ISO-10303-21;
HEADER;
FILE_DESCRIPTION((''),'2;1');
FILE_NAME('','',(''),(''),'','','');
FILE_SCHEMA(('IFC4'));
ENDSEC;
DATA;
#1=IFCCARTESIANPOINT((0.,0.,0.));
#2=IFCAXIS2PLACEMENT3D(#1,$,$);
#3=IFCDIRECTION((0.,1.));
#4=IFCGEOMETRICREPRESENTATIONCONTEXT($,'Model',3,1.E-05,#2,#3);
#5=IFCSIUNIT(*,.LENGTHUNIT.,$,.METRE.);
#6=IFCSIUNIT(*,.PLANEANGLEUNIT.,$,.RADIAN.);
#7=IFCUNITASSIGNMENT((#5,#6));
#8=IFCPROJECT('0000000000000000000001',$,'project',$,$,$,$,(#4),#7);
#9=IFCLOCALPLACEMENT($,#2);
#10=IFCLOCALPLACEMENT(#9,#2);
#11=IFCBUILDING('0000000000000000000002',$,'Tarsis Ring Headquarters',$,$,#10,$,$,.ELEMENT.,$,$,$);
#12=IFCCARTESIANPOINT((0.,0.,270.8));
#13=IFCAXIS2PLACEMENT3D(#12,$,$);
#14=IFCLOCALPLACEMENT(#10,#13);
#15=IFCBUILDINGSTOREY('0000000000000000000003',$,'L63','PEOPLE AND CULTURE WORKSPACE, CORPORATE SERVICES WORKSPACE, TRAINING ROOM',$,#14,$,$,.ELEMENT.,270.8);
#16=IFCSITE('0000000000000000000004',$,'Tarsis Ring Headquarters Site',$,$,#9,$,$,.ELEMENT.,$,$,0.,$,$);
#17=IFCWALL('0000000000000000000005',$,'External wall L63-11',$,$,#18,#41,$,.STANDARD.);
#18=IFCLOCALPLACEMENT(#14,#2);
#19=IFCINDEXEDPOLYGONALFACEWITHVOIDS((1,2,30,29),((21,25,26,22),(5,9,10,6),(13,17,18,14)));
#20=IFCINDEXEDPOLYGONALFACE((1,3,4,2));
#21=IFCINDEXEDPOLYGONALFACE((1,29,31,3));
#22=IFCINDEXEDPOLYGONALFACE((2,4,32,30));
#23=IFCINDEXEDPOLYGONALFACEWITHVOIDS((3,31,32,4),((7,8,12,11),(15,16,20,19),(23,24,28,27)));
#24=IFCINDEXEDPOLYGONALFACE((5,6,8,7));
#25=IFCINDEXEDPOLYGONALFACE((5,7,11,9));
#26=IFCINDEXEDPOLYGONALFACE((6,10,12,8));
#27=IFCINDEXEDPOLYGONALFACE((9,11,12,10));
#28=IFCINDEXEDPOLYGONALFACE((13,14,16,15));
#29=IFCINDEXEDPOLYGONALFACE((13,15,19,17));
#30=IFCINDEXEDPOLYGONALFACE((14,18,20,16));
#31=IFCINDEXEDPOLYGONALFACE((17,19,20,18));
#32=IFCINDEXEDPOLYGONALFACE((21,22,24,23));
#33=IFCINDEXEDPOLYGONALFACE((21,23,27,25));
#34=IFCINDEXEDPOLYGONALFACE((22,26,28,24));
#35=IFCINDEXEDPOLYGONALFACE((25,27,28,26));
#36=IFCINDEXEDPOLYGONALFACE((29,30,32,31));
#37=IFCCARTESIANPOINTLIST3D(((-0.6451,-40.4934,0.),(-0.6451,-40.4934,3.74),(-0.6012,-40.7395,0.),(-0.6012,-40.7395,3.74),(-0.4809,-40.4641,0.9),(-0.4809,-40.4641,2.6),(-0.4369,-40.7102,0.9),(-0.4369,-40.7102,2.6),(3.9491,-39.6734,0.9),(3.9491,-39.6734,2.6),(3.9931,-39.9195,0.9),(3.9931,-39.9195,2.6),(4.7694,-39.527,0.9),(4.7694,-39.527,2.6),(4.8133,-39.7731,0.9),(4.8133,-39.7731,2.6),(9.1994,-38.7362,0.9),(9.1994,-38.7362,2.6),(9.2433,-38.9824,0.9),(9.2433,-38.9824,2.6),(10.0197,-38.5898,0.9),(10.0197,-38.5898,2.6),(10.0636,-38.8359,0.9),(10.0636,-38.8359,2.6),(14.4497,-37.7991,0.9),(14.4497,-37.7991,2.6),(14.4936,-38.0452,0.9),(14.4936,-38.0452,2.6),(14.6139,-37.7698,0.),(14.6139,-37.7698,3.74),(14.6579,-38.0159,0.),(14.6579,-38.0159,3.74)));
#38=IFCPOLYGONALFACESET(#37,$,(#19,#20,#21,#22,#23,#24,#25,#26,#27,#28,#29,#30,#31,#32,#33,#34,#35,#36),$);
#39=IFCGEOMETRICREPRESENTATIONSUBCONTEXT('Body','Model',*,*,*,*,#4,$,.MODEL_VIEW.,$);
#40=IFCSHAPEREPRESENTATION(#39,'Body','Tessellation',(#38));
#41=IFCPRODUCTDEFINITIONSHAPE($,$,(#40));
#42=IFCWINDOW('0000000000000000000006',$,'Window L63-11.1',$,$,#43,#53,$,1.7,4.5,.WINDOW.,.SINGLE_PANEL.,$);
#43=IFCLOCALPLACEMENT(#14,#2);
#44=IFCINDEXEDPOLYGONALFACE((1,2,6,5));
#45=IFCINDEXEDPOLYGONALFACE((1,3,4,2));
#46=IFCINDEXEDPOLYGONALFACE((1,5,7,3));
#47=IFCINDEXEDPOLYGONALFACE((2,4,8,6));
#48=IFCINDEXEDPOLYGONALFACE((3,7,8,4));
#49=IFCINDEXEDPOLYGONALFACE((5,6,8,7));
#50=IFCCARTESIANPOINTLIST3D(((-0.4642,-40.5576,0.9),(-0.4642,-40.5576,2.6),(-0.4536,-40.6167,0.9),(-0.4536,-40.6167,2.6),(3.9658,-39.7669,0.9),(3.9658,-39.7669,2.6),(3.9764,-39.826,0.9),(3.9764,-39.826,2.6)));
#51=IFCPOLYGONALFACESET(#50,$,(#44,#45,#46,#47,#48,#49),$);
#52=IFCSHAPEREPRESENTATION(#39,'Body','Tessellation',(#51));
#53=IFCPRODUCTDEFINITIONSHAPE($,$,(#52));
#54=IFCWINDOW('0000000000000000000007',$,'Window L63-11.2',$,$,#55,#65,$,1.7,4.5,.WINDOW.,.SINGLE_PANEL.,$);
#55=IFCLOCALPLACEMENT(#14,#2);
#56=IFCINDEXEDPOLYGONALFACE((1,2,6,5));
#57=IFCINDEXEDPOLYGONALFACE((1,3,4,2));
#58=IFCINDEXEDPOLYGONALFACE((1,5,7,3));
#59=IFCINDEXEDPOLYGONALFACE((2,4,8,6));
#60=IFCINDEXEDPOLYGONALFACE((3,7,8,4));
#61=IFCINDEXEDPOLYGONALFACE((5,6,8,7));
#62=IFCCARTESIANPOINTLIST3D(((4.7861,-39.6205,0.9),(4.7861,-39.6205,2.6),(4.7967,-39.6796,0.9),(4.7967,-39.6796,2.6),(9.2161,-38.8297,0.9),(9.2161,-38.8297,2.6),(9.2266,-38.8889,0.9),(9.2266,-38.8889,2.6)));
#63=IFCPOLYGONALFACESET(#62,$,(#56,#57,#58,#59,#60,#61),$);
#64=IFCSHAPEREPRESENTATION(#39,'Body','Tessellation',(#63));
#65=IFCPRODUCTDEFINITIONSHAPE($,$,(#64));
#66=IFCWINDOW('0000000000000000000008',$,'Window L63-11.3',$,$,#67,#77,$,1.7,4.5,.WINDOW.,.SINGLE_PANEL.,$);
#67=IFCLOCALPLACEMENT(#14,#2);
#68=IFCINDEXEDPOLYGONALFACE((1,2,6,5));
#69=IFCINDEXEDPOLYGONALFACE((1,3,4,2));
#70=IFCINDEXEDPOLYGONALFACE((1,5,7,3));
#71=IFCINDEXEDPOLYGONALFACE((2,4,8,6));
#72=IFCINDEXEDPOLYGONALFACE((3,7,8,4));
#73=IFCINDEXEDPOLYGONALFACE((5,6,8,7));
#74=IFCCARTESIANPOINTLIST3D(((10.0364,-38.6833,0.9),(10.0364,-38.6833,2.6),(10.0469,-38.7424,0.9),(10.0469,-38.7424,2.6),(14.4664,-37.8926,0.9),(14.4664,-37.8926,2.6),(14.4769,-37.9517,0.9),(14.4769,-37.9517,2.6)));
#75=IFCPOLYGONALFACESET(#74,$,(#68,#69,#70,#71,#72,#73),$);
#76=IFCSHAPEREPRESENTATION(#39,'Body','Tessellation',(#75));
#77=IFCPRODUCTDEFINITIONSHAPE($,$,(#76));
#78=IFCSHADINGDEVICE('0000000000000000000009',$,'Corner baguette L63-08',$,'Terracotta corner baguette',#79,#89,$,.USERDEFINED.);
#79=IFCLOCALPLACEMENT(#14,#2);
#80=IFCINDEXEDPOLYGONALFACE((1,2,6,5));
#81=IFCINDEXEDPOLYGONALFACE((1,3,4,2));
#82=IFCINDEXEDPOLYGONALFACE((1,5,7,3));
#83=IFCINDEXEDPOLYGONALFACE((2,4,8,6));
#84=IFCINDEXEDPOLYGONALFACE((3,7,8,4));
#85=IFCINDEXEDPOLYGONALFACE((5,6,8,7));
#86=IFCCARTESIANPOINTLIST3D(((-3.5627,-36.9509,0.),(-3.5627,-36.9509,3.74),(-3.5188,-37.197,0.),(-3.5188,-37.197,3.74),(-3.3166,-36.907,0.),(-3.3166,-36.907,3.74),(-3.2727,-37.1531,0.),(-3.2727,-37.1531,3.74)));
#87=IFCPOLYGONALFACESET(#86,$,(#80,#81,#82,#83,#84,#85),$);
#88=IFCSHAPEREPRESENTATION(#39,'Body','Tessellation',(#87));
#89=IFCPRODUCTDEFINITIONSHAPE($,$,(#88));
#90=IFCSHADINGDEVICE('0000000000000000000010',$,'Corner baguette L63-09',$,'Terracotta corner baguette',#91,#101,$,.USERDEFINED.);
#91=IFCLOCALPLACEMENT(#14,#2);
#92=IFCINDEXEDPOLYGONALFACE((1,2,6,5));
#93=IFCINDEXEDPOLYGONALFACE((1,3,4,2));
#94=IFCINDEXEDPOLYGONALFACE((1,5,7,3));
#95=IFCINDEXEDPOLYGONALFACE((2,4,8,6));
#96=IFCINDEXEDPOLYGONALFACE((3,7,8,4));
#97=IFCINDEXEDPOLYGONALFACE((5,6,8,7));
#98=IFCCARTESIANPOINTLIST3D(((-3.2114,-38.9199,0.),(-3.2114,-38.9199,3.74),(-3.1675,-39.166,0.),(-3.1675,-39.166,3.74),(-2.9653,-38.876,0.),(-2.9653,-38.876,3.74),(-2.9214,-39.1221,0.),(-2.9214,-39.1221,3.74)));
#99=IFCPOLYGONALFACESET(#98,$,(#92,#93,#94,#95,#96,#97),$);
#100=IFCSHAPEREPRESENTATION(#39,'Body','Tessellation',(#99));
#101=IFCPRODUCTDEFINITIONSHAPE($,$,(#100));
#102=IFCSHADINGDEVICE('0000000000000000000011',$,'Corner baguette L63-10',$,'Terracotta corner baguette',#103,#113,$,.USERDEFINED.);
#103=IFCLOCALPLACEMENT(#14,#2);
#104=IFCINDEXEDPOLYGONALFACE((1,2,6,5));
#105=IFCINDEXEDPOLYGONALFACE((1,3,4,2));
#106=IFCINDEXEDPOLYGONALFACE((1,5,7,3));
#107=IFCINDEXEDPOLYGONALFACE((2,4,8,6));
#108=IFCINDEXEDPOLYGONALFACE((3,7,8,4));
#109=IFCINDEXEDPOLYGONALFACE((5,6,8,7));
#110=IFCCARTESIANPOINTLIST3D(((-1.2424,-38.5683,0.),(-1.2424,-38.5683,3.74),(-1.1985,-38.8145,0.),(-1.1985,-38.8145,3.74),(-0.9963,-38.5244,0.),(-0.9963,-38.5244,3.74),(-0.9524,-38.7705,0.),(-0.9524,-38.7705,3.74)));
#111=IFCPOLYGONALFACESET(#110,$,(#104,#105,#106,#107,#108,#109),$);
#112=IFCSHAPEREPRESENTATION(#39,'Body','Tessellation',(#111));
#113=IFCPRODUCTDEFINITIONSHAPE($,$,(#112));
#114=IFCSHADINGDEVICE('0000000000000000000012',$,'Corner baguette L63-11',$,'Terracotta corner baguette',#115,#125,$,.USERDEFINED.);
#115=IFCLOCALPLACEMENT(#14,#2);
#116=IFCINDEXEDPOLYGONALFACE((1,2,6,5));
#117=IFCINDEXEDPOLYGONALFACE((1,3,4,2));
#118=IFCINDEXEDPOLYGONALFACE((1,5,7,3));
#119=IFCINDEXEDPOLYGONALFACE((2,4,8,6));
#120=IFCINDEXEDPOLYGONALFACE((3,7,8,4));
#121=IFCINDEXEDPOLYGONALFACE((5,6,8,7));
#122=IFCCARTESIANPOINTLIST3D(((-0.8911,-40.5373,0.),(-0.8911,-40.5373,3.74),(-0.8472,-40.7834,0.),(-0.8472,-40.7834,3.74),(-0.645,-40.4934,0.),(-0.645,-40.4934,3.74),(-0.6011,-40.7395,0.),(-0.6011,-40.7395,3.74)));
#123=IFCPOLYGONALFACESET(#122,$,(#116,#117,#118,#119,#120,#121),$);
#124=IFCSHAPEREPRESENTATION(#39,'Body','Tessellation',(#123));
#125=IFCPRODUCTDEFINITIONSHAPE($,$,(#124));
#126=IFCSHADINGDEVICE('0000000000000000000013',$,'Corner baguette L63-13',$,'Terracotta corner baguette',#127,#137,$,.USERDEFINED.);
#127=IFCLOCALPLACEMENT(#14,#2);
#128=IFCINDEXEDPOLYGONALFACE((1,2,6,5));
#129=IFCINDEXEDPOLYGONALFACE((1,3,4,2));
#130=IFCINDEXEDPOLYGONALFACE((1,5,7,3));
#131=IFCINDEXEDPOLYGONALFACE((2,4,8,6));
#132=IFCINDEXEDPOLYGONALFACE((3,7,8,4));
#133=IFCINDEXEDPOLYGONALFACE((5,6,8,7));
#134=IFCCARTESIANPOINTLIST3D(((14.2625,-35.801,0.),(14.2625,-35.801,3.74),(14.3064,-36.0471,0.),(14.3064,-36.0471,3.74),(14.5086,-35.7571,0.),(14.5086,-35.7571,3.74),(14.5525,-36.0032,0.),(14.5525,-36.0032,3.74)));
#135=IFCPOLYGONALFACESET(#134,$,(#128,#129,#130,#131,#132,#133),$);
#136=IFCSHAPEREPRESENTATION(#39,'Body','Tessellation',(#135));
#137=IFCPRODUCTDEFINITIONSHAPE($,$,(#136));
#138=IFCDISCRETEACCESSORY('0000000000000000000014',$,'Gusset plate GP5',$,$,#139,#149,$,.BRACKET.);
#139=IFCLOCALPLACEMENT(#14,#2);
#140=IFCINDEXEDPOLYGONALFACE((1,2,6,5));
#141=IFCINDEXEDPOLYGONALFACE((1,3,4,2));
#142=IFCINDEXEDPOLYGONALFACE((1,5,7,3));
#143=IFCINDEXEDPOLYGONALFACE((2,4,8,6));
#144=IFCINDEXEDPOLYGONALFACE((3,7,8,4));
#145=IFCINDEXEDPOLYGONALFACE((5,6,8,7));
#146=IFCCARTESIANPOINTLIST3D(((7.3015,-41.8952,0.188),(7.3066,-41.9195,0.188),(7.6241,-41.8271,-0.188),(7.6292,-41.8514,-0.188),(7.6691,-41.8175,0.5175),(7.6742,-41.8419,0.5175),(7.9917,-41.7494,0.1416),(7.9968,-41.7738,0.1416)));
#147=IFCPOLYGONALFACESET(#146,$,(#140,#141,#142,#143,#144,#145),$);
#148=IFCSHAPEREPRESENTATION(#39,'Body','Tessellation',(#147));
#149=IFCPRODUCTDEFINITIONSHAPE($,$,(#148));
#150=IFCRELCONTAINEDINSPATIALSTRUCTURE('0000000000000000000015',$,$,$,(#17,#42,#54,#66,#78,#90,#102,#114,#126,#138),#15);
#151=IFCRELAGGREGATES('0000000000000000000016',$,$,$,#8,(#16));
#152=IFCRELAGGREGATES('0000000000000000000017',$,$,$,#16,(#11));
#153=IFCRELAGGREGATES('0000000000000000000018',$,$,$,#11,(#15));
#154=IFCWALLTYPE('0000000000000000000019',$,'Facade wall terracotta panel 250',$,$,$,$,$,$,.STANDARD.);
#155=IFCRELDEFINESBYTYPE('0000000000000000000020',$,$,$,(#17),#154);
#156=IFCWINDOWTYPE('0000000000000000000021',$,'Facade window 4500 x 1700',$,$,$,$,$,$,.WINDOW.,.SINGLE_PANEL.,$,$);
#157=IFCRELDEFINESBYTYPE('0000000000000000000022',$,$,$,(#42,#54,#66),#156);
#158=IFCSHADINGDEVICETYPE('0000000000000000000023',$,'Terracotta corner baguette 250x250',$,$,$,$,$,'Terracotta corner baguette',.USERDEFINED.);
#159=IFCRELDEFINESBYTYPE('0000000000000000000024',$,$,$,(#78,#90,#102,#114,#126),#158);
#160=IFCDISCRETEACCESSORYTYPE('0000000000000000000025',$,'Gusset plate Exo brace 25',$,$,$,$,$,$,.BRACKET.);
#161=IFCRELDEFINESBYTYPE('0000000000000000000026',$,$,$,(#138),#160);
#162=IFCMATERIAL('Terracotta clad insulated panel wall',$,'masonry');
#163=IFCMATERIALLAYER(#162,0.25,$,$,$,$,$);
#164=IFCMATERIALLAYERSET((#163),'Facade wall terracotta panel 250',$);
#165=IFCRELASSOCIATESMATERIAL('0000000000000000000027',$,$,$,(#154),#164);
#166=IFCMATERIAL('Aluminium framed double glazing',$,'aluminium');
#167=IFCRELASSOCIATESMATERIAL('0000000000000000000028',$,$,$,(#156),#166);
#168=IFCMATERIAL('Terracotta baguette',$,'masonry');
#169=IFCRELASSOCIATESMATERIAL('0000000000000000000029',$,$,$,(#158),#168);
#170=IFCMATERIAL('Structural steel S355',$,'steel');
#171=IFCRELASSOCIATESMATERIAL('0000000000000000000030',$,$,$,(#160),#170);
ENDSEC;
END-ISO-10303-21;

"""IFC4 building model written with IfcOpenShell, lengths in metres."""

from ifc_helpers import new_model, si_unit, direction, frame, frame_2d, origin, origin_2d, place, context, subcontext, project, spatial, rectangle, extrude, material, layer, layer_set, material_profile, profile_set, type_object, element, fill, save


model = new_model("IFC4")

# Units and contexts
model_context = context("Model", 3, precision=1e-05, world=origin(), true_north=direction((0.0, 1.0)))
body_context = subcontext(model_context, "Body", "Model", "MODEL_VIEW")
ifc_project = project(units=[si_unit("LENGTHUNIT", "METRE"), si_unit("PLANEANGLEUNIT", "RADIAN")], contexts=[model_context])

# Site, building, storey
site_placement = place(None, origin())
site = spatial("IfcSite", under=ifc_project, at=site_placement, Name="Tarsis Ring Headquarters Site", CompositionType="ELEMENT", RefElevation=0.0)
building_placement = place(site_placement, origin())
building = spatial("IfcBuilding", under=site, at=building_placement, Name="Tarsis Ring Headquarters", CompositionType="ELEMENT")
storey_placement = place(building_placement, frame((0.0, 0.0, 270.8)))
storey = spatial("IfcBuildingStorey", under=building, at=storey_placement, Name="L63", Description="PEOPLE AND CULTURE WORKSPACE, CORPORATE SERVICES WORKSPACE, TRAINING ROOM", CompositionType="ELEMENT", Elevation=270.8)

# Shared definitions
ifc_material_1 = material(Name="Structural steel S355", Category="steel")

# Shared definitions
ifc_material_2 = material(Name="Terracotta clad insulated panel wall", Category="masonry")
ifc_layer_1 = layer(ifc_material_2, 0.25)
ifc_layer_set_1 = layer_set([ifc_layer_1], Name="Facade wall terracotta panel 250")
wall_type_1 = type_object("IfcWallType", Name="Facade wall terracotta panel 250", PredefinedType="STANDARD", material=ifc_layer_set_1)

# Wall, openings, windows
wall_1_placement = place(storey_placement, frame((-0.623, -40.6165, 0.0), z_axis=(0.0, 0.0, 1.0), x_axis=(0.984441, 0.175716, 0.0)))
wall_1 = element("IfcWall", 1, at=wall_1_placement, inside=storey, type_object=wall_type_1, Name="External wall L63-11", PredefinedType="STANDARD", context=body_context, shape_type="SweptSolid", body=[
    extrude(rectangle(XDim=15.5002, YDim=0.25, at=frame_2d((7.75, 0.0))), origin(), (0.0, 0.0, 1.0), 3.74),
])
opening_1_placement = place(wall_1_placement, frame((0.1667, 0.0, 0.8999)))
opening_1 = element("IfcOpeningElement", 2, at=opening_1_placement, cuts=wall_1, PredefinedType="OPENING", context=body_context, shape_type="SweptSolid", body=[
    extrude(rectangle(XDim=4.5, YDim=1.7, at=frame_2d((2.25, 0.8501))), frame((0.0, 0.135, 0.0), z_axis=(0.0, -1.0, 0.0), x_axis=(1.0, 0.0, 0.0)), (0.0, 0.0, 1.0), 0.27),
])
opening_2_placement = place(wall_1_placement, frame((5.5, 0.0, 0.8999)))
opening_2 = element("IfcOpeningElement", 3, at=opening_2_placement, cuts=wall_1, PredefinedType="OPENING", context=body_context, shape_type="SweptSolid", body=[
    extrude(rectangle(XDim=4.5, YDim=1.7, at=frame_2d((2.25, 0.8501))), frame((0.0, 0.135, 0.0), z_axis=(0.0, -1.0, 0.0), x_axis=(1.0, 0.0, 0.0)), (0.0, 0.0, 1.0), 0.27),
])
opening_3_placement = place(wall_1_placement, frame((10.8333, 0.0, 0.8999)))
opening_3 = element("IfcOpeningElement", 4, at=opening_3_placement, cuts=wall_1, PredefinedType="OPENING", context=body_context, shape_type="SweptSolid", body=[
    extrude(rectangle(XDim=4.5, YDim=1.7, at=frame_2d((2.25, 0.8501))), frame((0.0, 0.135, 0.0), z_axis=(0.0, -1.0, 0.0), x_axis=(1.0, 0.0, 0.0)), (0.0, 0.0, 1.0), 0.27),
])
ifc_material_3 = material(Name="Aluminium framed double glazing", Category="aluminium")
window_type = type_object("IfcWindowType", Name="Facade window 4500 x 1700", PartitioningType="SINGLE_PANEL", PredefinedType="WINDOW", material=ifc_material_3)
window_1_placement = place(opening_1_placement, origin())
window_1 = element("IfcWindow", 5, at=window_1_placement, inside=storey, type_object=window_type, Name="Window L63-11.1", OverallHeight=1.7, OverallWidth=4.5, PartitioningType="SINGLE_PANEL", PredefinedType="WINDOW", context=body_context, shape_type="SweptSolid", body=[
    extrude(rectangle(XDim=4.5, YDim=1.7, at=frame_2d((2.25, 0.8501))), frame((0.0, 0.03, 0.0), z_axis=(0.0, -1.0, 0.0), x_axis=(1.0, 0.0, 0.0)), (0.0, 0.0, 1.0), 0.0601),
])
fill(opening_1, window_1)
window_2_placement = place(opening_2_placement, origin())
window_2 = element("IfcWindow", 6, at=window_2_placement, inside=storey, type_object=window_type, Name="Window L63-11.2", OverallHeight=1.7, OverallWidth=4.5, PartitioningType="SINGLE_PANEL", PredefinedType="WINDOW", context=body_context, shape_type="SweptSolid", body=[
    extrude(rectangle(XDim=4.5, YDim=1.7, at=frame_2d((2.25, 0.8501))), frame((0.0, 0.03, 0.0), z_axis=(0.0, -1.0, 0.0), x_axis=(1.0, 0.0, 0.0)), (0.0, 0.0, 1.0), 0.0601),
])
fill(opening_2, window_2)
window_3_placement = place(opening_3_placement, origin())
window_3 = element("IfcWindow", 7, at=window_3_placement, inside=storey, type_object=window_type, Name="Window L63-11.3", OverallHeight=1.7, OverallWidth=4.5, PartitioningType="SINGLE_PANEL", PredefinedType="WINDOW", context=body_context, shape_type="SweptSolid", body=[
    extrude(rectangle(XDim=4.5, YDim=1.7, at=frame_2d((2.25, 0.8501))), frame((0.0, 0.03, 0.0), z_axis=(0.0, -1.0, 0.0), x_axis=(1.0, 0.0, 0.0)), (0.0, 0.0, 1.0), 0.0601),
])
fill(opening_3, window_3)

# Shading devices
ifc_material_4 = material(Name="Terracotta baguette", Category="masonry")
shading_device_type_1 = type_object("IfcShadingDeviceType", Name="Terracotta corner baguette 250x250", ElementType="Terracotta corner baguette", PredefinedType="USERDEFINED", material=ifc_material_4)
for number, where, z_axis, x_axis, name in (
    (8, (-3.4177, -37.052, 0.0), (0.0, 0.0, 1.0), (0.984442, 0.17571, 0.0), "Corner baguette L63-08"),
    (9, (-3.0664, -39.021, 0.0), (0.0, 0.0, 1.0), (0.17571, -0.984442, 0.0), "Corner baguette L63-09"),
    (10, (-1.0974, -38.6694, 0.0), (0.0, 0.0, 1.0), (0.984442, 0.175711, 0.0), "Corner baguette L63-10"),
    (11, (-0.7461, -40.6384, 0.0), (0.0, 0.0, 1.0), (0.17571, -0.984442, 0.0), "Corner baguette L63-11"),
    (12, (14.4075, -35.9021, 0.0), (0.0, 0.0, 1.0), (-0.17571, 0.984442, 0.0), "Corner baguette L63-13"),
):
    element("IfcShadingDevice", number, at=place(storey_placement, frame(where, z_axis=z_axis, x_axis=x_axis)), inside=storey, type_object=shading_device_type_1, Name=name, ObjectType="Terracotta corner baguette", PredefinedType="USERDEFINED", context=body_context, shape_type="SweptSolid", body=[
        extrude(rectangle(XDim=0.25, YDim=0.25, at=origin_2d()), origin(), (0.0, 0.0, 1.0), 3.74),
    ])

# Discrete accessory
ifc_material_profile_1 = material_profile(ifc_material_1, rectangle(XDim=0.0249, YDim=0.5, at=origin_2d()), Name="PL 25x500")
ifc_profile_set_1 = profile_set([ifc_material_profile_1], Name="Structural steel S355")
discrete_accessory_type = type_object("IfcDiscreteAccessoryType", Name="Gusset plate Exo brace 25", PredefinedType="BRACKET", material=ifc_profile_set_1)
discrete_accessory_placement = place(storey_placement, frame((7.4653, -41.8733, 0.0), z_axis=(0.735583, 0.155322, 0.659388), x_axis=(-0.2066, 0.978426, 0.0)))
element("IfcDiscreteAccessory", 13, at=discrete_accessory_placement, inside=storey, type_object=discrete_accessory_type, Name="Gusset plate GP5", PredefinedType="BRACKET", context=body_context, shape_type="SweptSolid", body=[
    extrude(rectangle(XDim=0.0249, YDim=0.5, at=origin_2d()), origin(), (0.0, 0.0, 1.0), 0.4998),
])

save(model, "model.ifc")
